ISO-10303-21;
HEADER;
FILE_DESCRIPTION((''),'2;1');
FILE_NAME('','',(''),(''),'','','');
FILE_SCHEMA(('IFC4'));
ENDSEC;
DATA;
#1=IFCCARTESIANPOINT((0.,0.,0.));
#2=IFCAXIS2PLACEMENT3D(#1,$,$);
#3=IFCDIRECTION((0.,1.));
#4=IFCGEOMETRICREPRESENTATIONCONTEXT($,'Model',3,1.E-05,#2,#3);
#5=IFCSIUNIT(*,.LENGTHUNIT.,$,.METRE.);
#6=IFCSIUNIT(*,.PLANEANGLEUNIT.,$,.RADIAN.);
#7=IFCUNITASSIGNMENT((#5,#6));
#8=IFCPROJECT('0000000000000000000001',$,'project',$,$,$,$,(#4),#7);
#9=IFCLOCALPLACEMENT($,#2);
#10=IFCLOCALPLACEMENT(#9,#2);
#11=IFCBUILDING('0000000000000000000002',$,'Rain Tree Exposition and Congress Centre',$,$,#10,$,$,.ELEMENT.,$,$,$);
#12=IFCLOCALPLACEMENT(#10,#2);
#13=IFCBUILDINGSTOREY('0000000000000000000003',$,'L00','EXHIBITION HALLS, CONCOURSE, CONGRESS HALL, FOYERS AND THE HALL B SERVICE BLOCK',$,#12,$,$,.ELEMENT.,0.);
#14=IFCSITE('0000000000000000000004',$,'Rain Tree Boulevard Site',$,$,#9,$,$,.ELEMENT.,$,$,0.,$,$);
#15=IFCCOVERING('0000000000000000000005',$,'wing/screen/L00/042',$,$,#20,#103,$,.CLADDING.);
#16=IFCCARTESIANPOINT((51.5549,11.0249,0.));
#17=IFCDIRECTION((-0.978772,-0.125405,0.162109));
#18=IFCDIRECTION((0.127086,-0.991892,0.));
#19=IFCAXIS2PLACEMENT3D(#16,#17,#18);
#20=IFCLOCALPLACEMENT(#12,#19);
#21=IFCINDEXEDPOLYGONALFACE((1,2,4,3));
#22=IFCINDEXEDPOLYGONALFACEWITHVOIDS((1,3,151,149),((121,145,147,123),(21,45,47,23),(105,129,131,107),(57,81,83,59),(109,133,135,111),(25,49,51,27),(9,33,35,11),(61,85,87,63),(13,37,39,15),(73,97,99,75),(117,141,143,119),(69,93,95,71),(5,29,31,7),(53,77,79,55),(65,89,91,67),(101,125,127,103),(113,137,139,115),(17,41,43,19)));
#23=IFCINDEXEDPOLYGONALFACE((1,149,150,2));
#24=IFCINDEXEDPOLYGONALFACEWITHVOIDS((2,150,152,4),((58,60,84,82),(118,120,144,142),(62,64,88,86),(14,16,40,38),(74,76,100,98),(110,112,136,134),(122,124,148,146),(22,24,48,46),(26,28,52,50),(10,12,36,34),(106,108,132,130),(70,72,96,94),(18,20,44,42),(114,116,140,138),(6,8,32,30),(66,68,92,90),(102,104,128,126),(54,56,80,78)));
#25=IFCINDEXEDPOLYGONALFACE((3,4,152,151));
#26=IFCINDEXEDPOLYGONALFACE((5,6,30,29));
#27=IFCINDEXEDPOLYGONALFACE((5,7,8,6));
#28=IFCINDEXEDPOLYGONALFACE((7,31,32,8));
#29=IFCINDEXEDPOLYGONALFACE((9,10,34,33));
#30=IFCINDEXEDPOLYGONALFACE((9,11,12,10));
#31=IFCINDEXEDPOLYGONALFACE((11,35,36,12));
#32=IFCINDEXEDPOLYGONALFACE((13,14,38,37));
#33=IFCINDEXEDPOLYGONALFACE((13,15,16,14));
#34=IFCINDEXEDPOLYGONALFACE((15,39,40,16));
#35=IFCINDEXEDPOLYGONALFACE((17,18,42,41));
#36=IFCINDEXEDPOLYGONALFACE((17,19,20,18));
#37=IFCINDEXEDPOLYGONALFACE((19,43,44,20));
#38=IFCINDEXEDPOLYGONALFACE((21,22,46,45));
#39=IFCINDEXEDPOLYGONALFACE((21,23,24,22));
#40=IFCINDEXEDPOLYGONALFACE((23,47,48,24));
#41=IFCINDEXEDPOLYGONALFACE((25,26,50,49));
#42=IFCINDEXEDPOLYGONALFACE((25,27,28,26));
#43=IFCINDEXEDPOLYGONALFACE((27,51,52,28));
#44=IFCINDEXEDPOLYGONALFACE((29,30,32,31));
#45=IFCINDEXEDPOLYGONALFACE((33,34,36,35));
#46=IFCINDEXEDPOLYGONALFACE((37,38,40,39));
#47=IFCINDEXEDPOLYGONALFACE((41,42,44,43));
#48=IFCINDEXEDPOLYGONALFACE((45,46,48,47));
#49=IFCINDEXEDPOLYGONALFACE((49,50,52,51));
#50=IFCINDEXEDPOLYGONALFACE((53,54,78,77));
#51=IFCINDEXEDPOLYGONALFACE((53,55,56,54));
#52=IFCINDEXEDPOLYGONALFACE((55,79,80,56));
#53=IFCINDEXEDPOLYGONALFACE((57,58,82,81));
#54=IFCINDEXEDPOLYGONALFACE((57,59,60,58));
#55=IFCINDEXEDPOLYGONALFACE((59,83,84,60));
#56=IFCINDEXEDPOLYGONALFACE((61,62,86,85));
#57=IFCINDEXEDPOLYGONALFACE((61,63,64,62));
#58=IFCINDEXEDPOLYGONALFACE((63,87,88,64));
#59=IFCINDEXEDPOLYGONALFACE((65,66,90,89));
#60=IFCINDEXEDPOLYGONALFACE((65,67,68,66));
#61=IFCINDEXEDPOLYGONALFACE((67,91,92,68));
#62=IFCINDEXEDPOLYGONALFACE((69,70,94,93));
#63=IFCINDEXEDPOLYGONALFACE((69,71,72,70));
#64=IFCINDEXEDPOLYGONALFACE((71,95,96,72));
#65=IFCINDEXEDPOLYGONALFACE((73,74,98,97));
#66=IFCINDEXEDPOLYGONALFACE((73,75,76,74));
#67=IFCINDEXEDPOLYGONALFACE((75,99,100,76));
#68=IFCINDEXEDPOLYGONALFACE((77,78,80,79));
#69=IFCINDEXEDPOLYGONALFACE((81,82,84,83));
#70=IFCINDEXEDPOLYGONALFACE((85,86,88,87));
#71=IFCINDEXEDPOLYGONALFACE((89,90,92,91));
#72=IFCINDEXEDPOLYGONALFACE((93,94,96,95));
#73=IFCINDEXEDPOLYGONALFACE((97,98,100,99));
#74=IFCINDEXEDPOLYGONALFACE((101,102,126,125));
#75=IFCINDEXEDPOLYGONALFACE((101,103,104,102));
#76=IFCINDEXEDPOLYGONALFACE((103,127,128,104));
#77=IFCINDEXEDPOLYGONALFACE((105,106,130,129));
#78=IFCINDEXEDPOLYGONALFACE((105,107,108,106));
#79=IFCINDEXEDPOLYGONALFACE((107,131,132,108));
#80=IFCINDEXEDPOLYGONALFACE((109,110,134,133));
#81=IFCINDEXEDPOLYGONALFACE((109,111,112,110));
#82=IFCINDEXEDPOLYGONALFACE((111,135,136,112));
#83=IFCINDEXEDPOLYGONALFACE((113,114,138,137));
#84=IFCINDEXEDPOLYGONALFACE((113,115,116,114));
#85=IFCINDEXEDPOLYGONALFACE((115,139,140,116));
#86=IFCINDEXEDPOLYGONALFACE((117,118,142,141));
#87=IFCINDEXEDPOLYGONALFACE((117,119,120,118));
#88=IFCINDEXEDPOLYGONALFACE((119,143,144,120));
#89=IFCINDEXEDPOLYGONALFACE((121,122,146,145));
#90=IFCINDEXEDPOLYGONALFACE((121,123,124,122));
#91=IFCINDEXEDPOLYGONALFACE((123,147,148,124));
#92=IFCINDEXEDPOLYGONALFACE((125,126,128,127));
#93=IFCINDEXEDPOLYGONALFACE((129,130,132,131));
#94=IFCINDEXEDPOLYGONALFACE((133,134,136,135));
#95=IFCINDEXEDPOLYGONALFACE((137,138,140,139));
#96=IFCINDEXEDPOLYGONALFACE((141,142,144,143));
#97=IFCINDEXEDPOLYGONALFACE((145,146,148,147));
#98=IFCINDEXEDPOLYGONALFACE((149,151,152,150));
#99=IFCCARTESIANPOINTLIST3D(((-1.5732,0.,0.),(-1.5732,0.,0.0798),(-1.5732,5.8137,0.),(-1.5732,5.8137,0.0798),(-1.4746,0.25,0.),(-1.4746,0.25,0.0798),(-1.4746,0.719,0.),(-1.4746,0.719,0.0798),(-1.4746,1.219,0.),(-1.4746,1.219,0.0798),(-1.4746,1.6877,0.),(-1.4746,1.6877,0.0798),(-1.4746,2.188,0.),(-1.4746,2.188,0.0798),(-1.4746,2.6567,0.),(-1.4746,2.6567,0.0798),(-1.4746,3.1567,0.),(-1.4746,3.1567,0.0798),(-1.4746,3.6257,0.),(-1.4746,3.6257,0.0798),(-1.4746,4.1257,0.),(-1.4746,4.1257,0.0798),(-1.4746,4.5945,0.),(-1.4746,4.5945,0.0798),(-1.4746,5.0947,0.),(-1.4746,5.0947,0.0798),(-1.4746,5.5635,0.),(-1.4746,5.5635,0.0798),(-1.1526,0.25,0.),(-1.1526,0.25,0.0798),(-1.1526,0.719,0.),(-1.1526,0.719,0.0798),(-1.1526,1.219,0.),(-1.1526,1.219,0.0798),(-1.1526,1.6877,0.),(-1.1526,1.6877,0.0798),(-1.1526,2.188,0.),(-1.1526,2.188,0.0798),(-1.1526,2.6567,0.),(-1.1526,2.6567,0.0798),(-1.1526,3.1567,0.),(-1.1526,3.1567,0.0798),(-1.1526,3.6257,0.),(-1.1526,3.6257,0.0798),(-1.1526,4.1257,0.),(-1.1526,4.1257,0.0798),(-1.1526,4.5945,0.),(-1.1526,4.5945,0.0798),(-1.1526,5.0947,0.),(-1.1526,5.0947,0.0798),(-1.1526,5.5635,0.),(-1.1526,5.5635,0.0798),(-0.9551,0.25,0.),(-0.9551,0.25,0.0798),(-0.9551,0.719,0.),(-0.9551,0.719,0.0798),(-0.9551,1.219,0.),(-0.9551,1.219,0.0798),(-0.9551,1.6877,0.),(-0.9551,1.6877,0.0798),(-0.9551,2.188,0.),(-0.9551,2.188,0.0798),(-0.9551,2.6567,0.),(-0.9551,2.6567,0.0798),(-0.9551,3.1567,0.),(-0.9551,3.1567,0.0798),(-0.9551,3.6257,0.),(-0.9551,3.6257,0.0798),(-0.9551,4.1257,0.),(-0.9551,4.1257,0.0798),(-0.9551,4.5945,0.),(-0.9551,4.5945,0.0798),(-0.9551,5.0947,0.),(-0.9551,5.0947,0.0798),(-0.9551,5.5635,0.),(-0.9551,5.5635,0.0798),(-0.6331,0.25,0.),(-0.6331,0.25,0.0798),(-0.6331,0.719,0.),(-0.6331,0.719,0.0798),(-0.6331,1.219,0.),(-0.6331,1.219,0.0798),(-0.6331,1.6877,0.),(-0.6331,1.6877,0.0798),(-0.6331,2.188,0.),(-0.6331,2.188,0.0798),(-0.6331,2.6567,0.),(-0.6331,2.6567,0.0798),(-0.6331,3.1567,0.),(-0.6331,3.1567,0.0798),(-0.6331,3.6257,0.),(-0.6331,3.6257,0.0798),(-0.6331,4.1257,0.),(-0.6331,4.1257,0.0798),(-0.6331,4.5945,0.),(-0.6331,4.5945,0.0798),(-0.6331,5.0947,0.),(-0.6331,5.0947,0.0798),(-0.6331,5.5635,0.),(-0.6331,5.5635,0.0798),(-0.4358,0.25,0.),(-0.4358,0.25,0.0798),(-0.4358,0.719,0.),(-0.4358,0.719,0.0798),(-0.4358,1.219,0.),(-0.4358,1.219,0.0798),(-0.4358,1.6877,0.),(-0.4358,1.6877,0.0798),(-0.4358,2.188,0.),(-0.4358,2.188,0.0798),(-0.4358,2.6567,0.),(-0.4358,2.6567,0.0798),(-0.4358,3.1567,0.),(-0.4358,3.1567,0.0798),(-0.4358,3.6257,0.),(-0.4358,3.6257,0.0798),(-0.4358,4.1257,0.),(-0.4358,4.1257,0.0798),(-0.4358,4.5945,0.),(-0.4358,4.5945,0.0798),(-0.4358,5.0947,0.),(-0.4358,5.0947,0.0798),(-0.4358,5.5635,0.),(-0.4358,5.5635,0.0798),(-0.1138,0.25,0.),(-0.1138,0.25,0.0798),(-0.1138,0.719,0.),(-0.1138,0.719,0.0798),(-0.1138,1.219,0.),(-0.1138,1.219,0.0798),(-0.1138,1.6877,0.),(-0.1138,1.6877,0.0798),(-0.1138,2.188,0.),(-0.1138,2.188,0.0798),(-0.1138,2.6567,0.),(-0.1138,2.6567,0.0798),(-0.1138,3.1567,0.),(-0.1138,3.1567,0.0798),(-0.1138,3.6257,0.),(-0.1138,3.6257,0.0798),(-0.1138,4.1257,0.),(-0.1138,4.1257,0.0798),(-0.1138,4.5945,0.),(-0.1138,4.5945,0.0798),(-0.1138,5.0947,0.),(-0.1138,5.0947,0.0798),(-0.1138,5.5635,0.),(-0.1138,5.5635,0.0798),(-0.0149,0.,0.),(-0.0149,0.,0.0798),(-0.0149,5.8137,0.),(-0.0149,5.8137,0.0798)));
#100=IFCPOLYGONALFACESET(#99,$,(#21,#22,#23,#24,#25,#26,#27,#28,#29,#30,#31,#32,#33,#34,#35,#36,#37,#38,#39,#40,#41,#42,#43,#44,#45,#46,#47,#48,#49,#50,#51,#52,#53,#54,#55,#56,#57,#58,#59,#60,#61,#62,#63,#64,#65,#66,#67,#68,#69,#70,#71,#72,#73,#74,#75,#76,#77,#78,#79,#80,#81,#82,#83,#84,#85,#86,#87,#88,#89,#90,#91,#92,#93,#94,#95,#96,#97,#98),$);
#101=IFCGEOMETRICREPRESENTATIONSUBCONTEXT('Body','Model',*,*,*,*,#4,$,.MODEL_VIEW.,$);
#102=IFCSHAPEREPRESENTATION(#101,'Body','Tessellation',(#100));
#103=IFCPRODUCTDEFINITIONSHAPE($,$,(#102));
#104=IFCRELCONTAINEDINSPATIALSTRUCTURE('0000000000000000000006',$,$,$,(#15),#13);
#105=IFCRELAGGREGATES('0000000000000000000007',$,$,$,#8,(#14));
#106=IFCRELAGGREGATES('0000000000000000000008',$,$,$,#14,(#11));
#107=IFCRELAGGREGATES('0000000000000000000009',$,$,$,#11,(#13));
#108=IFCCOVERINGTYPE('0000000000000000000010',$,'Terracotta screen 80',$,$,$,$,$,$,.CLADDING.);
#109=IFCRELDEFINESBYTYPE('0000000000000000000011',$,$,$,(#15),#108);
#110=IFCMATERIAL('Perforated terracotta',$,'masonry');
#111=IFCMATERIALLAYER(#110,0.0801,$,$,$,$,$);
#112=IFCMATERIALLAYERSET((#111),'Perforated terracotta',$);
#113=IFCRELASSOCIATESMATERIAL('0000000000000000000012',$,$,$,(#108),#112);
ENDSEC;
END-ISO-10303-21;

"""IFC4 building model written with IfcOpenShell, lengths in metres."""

from ifc_helpers import new_model, si_unit, direction, frame, origin, place, context, subcontext, project, spatial, polyline, outline, extrude, material, layer, layer_set, type_object, element, save


model = new_model("IFC4")

# Units and contexts
model_context = context("Model", 3, precision=1e-05, world=origin(), true_north=direction((0.0, 1.0)))
body_context = subcontext(model_context, "Body", "Model", "MODEL_VIEW")
ifc_project = project(units=[si_unit("LENGTHUNIT", "METRE"), si_unit("PLANEANGLEUNIT", "RADIAN")], contexts=[model_context])

# Site, building, storey
site_placement = place(None, origin())
site = spatial("IfcSite", under=ifc_project, at=site_placement, Name="Rain Tree Boulevard Site", CompositionType="ELEMENT", RefElevation=0.0)
building_placement = place(site_placement, origin())
building = spatial("IfcBuilding", under=site, at=building_placement, Name="Rain Tree Exposition and Congress Centre", CompositionType="ELEMENT")
storey_placement = place(building_placement, origin())
storey = spatial("IfcBuildingStorey", under=building, at=storey_placement, Name="L00", Description="EXHIBITION HALLS, CONCOURSE, CONGRESS HALL, FOYERS AND THE HALL B SERVICE BLOCK", CompositionType="ELEMENT", Elevation=0.0)

# Covering
ifc_material_1 = material(Name="Perforated terracotta", Category="masonry")
ifc_layer_1 = layer(ifc_material_1, 0.0801)
ifc_layer_set_1 = layer_set([ifc_layer_1], Name="Perforated terracotta")
covering_type = type_object("IfcCoveringType", Name="Terracotta screen 80", PredefinedType="CLADDING", material=ifc_layer_set_1)
covering_1_placement = place(storey_placement, frame((51.5549, 11.0249, 0.0), z_axis=(-0.978772, -0.125405, 0.162109), x_axis=(0.127086, -0.991892, 0.0)))
element("IfcCovering", 1, at=covering_1_placement, inside=storey, type_object=covering_type, Name="wing/screen/L00/042", PredefinedType="CLADDING", context=body_context, shape_type="SweptSolid", body=[
    extrude(outline(polyline([(-0.0149, 5.8137), (-0.0149, 0.0), (-1.5732, 0.0), (-1.5732, 5.8137), (-0.0149, 5.8137)]), holes=[polyline([(-0.1138, 0.25), (-0.1138, 0.719), (-0.4358, 0.719), (-0.4358, 0.25), (-0.1138, 0.25)]), polyline([(-0.1138, 1.219), (-0.1138, 1.6877), (-0.4358, 1.6877), (-0.4358, 1.219), (-0.1138, 1.219)]), polyline([(-0.1138, 2.188), (-0.1138, 2.6567), (-0.4358, 2.6567), (-0.4358, 2.188), (-0.1138, 2.188)]), polyline([(-0.1138, 3.1567), (-0.1138, 3.6257), (-0.4358, 3.6257), (-0.4358, 3.1567), (-0.1138, 3.1567)]), polyline([(-0.1138, 4.1257), (-0.1138, 4.5945), (-0.4358, 4.5945), (-0.4358, 4.1257), (-0.1138, 4.1257)]), polyline([(-0.1138, 5.0947), (-0.1138, 5.5635), (-0.4358, 5.5635), (-0.4358, 5.0947), (-0.1138, 5.0947)]), polyline([(-0.6331, 0.25), (-0.6331, 0.719), (-0.9551, 0.719), (-0.9551, 0.25), (-0.6331, 0.25)]), polyline([(-0.6331, 1.219), (-0.6331, 1.6877), (-0.9551, 1.6877), (-0.9551, 1.219), (-0.6331, 1.219)]), polyline([(-0.6331, 2.188), (-0.6331, 2.6567), (-0.9551, 2.6567), (-0.9551, 2.188), (-0.6331, 2.188)]), polyline([(-0.6331, 3.1567), (-0.6331, 3.6257), (-0.9551, 3.6257), (-0.9551, 3.1567), (-0.6331, 3.1567)]), polyline([(-0.6331, 4.1257), (-0.6331, 4.5945), (-0.9551, 4.5945), (-0.9551, 4.1257), (-0.6331, 4.1257)]), polyline([(-0.6331, 5.0947), (-0.6331, 5.5635), (-0.9551, 5.5635), (-0.9551, 5.0947), (-0.6331, 5.0947)]), polyline([(-1.1526, 0.25), (-1.1526, 0.719), (-1.4746, 0.719), (-1.4746, 0.25), (-1.1526, 0.25)]), polyline([(-1.1526, 1.219), (-1.1526, 1.6877), (-1.4746, 1.6877), (-1.4746, 1.219), (-1.1526, 1.219)]), polyline([(-1.1526, 2.188), (-1.1526, 2.6567), (-1.4746, 2.6567), (-1.4746, 2.188), (-1.1526, 2.188)]), polyline([(-1.1526, 3.1567), (-1.1526, 3.6257), (-1.4746, 3.6257), (-1.4746, 3.1567), (-1.1526, 3.1567)]), polyline([(-1.1526, 4.1257), (-1.1526, 4.5945), (-1.4746, 4.5945), (-1.4746, 4.1257), (-1.1526, 4.1257)]), polyline([(-1.1526, 5.0947), (-1.1526, 5.5635), (-1.4746, 5.5635), (-1.4746, 5.0947), (-1.1526, 5.0947)])]), origin(), (0.0, 0.0, 1.0), 0.0798),
])

save(model, "model.ifc")
